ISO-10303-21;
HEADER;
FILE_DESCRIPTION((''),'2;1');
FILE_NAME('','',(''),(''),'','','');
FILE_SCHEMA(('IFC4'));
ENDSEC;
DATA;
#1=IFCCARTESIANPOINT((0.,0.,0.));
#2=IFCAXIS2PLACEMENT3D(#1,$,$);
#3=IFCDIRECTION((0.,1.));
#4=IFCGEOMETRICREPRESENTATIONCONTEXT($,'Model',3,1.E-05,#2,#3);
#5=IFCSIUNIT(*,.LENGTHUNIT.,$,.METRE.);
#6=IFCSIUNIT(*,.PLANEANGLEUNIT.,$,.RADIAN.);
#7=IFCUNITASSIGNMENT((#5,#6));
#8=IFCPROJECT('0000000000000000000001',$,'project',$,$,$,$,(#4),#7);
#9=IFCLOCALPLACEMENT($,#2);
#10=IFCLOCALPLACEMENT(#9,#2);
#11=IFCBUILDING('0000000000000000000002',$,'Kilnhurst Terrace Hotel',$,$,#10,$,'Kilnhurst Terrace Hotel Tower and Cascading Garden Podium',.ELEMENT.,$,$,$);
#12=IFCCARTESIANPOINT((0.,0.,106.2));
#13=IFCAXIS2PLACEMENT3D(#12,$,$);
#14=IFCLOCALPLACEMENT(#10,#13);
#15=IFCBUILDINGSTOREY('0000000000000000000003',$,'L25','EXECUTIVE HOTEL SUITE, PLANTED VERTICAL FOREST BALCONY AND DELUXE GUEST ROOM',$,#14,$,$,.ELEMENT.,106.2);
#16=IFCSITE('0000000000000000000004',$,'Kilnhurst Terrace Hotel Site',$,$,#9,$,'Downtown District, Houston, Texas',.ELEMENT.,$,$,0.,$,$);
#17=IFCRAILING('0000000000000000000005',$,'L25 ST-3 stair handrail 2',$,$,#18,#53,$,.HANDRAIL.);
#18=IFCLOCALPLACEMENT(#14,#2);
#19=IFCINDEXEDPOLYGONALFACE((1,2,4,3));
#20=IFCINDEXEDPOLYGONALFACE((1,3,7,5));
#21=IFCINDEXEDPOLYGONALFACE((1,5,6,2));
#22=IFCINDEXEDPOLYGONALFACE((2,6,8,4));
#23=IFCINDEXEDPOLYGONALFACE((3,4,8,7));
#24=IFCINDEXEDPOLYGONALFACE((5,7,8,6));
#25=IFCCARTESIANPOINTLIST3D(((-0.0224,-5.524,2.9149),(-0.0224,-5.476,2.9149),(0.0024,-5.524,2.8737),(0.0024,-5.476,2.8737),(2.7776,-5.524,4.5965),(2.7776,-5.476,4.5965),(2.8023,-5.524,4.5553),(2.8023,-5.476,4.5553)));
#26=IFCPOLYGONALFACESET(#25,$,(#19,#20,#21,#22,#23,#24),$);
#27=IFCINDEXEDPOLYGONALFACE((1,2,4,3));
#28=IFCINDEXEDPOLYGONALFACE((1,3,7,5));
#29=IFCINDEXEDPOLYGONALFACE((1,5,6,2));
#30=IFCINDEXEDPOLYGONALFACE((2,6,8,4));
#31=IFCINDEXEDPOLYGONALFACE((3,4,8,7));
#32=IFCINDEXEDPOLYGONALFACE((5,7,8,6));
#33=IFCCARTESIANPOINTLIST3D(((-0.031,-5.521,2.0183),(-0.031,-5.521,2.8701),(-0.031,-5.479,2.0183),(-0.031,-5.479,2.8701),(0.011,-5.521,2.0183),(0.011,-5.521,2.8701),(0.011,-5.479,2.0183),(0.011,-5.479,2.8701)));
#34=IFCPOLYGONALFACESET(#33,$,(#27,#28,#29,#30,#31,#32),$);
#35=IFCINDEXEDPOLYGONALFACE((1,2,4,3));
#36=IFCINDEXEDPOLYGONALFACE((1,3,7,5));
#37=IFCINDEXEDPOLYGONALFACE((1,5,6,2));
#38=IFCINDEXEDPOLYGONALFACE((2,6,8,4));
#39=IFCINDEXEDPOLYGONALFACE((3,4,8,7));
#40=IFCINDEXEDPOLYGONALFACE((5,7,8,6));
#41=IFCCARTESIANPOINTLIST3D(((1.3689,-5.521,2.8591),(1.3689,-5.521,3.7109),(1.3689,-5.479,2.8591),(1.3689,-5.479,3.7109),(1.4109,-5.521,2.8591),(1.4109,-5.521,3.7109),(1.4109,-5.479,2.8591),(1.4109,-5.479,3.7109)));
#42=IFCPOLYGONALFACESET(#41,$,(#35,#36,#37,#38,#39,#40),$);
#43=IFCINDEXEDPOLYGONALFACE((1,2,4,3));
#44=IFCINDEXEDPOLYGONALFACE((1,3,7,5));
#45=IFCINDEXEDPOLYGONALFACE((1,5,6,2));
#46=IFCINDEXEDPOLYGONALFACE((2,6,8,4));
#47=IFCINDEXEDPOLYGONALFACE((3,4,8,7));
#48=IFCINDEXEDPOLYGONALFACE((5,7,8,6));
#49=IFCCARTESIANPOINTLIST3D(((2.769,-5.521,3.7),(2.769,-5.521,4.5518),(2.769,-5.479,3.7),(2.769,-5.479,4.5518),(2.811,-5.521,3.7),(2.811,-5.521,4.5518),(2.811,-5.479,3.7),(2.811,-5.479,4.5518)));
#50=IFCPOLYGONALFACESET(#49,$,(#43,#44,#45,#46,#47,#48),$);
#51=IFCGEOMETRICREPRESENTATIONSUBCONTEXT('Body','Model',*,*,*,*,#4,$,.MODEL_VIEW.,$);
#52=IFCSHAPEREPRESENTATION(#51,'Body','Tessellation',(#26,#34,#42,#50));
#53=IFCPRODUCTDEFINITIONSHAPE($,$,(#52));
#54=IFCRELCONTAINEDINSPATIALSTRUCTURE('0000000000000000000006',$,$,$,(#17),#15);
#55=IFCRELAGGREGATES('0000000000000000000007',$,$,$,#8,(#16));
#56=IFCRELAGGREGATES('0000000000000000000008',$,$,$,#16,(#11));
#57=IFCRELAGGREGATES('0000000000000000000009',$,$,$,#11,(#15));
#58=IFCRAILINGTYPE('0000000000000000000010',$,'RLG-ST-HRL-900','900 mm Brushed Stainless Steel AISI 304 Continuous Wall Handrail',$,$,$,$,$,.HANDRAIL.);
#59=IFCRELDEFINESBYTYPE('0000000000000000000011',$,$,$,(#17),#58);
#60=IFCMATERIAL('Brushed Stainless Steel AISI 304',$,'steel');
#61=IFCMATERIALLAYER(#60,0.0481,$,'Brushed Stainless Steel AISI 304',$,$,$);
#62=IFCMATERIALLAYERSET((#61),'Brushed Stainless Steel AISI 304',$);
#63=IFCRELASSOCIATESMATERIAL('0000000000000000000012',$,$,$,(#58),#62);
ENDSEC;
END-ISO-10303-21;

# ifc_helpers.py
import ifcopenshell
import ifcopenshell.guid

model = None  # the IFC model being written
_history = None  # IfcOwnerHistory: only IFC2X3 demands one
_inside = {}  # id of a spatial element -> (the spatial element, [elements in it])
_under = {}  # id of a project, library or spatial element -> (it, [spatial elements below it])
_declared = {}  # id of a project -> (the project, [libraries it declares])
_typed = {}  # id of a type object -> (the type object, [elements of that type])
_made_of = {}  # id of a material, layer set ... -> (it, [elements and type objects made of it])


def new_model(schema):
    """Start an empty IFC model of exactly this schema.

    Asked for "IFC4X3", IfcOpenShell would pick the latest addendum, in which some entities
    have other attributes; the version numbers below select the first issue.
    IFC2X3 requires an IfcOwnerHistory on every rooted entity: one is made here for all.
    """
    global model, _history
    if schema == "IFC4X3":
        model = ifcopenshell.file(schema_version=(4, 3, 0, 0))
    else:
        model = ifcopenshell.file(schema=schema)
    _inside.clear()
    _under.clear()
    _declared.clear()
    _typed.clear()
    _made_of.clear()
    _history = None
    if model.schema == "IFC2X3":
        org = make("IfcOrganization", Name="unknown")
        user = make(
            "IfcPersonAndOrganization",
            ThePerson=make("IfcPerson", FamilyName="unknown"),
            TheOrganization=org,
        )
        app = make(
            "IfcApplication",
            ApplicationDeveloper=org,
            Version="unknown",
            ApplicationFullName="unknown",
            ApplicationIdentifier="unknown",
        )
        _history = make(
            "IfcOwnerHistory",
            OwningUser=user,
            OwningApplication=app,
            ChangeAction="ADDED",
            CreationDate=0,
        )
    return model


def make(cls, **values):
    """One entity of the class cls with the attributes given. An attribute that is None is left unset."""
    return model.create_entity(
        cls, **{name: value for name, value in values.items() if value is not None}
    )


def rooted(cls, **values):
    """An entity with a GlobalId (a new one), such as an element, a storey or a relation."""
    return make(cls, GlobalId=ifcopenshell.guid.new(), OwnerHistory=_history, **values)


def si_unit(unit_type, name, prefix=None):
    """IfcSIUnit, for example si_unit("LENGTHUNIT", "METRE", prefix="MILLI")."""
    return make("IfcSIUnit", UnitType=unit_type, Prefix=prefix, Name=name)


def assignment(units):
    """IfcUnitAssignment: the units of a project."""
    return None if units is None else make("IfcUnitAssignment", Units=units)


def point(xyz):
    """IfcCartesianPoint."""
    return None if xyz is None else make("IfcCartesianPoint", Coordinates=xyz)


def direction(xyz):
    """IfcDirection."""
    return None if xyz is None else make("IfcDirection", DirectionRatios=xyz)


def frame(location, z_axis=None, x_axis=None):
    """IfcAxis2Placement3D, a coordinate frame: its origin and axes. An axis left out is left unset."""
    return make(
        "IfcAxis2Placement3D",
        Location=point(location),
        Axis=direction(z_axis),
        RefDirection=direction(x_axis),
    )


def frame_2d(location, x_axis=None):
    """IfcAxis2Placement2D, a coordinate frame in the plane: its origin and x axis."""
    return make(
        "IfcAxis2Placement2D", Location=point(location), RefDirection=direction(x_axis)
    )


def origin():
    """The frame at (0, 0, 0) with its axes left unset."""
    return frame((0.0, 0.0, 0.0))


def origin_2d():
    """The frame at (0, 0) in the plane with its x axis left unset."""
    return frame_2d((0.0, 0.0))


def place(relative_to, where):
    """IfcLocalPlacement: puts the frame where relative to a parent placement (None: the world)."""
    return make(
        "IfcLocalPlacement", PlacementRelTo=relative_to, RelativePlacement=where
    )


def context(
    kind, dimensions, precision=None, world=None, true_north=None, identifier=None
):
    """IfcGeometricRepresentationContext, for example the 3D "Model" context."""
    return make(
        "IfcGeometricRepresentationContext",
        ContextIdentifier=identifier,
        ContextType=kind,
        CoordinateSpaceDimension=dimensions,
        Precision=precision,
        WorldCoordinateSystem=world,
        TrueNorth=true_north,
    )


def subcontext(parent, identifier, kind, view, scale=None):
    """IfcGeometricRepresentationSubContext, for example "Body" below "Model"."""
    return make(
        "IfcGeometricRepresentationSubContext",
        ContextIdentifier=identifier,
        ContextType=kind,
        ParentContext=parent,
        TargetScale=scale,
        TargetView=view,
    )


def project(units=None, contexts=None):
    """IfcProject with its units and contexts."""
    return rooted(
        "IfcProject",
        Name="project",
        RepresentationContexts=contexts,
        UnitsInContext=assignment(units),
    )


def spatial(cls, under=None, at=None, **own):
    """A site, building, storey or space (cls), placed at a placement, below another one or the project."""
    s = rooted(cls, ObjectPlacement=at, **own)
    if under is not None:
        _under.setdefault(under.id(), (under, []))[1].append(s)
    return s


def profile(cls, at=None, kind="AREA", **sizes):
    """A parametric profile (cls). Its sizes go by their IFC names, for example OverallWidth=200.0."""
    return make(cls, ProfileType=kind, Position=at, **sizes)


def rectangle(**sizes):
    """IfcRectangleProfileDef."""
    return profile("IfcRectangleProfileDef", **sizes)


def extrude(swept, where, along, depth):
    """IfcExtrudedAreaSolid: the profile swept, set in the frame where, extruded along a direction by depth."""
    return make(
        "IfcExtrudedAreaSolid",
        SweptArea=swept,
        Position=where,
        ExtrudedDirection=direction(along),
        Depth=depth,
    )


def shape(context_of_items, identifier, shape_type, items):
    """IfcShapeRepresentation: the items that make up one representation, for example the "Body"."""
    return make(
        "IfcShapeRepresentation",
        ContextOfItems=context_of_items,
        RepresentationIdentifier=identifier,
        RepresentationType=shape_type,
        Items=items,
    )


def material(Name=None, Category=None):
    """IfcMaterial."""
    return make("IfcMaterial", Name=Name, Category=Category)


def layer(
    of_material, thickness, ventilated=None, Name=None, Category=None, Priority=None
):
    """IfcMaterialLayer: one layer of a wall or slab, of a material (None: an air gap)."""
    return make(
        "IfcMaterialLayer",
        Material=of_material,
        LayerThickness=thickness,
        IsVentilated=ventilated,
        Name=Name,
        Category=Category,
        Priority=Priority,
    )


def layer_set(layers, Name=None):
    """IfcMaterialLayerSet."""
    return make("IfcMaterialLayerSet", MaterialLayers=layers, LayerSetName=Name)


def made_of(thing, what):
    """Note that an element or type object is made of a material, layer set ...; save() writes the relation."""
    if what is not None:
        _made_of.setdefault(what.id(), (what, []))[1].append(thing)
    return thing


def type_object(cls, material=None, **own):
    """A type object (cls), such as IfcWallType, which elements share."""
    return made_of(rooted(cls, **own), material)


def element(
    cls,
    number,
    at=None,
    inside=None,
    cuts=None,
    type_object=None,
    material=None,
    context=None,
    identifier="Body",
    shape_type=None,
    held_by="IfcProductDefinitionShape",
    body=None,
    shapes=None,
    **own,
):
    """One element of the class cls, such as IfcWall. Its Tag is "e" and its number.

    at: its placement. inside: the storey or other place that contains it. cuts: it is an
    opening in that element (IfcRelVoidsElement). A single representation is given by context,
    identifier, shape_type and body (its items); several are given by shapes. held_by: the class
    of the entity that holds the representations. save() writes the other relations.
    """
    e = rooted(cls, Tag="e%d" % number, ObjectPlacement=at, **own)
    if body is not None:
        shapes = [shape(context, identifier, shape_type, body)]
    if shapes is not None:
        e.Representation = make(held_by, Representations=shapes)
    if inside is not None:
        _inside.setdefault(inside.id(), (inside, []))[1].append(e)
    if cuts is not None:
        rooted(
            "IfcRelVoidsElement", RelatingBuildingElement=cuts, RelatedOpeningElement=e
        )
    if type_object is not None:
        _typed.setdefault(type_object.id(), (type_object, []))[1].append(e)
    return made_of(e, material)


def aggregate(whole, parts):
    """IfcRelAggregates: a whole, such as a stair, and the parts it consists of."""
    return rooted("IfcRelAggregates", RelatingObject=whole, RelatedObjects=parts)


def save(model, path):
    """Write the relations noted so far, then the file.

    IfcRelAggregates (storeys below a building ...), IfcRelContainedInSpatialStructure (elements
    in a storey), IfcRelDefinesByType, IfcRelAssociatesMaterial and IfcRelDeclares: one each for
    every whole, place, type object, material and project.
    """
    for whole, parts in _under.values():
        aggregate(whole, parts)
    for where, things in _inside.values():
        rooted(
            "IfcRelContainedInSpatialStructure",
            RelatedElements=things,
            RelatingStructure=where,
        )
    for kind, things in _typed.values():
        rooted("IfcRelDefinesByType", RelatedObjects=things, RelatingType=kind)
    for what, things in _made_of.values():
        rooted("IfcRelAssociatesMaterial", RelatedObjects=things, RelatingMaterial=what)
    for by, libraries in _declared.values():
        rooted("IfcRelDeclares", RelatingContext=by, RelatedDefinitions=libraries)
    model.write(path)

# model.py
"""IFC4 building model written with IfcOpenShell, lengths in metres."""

from ifc_helpers import new_model, si_unit, direction, frame, origin, origin_2d, place, context, subcontext, project, spatial, rectangle, extrude, material, layer, layer_set, type_object, element, save


model = new_model("IFC4")

# Units and contexts
model_context = context("Model", 3, precision=1e-05, world=origin(), true_north=direction((0.0, 1.0)))
body_context = subcontext(model_context, "Body", "Model", "MODEL_VIEW")
ifc_project = project(units=[si_unit("LENGTHUNIT", "METRE"), si_unit("PLANEANGLEUNIT", "RADIAN")], contexts=[model_context])

# Site, building, storey
site_placement = place(None, origin())
site = spatial("IfcSite", under=ifc_project, at=site_placement, Name="Kilnhurst Terrace Hotel Site", LongName="Downtown District, Houston, Texas", CompositionType="ELEMENT", RefElevation=0.0)
building_placement = place(site_placement, origin())
building = spatial("IfcBuilding", under=site, at=building_placement, Name="Kilnhurst Terrace Hotel", LongName="Kilnhurst Terrace Hotel Tower and Cascading Garden Podium", CompositionType="ELEMENT")
storey_placement = place(building_placement, frame((0.0, 0.0, 106.2)))
storey = spatial("IfcBuildingStorey", under=building, at=storey_placement, Name="L25", Description="EXECUTIVE HOTEL SUITE, PLANTED VERTICAL FOREST BALCONY AND DELUXE GUEST ROOM", CompositionType="ELEMENT", Elevation=106.2)

# Railing
ifc_material_1 = material(Name="Brushed Stainless Steel AISI 304", Category="steel")
ifc_layer_1 = layer(ifc_material_1, 0.0481, Name="Brushed Stainless Steel AISI 304")
ifc_layer_set_1 = layer_set([ifc_layer_1], Name="Brushed Stainless Steel AISI 304")
railing_type_1 = type_object("IfcRailingType", Name="RLG-ST-HRL-900", Description="900 mm Brushed Stainless Steel AISI 304 Continuous Wall Handrail", PredefinedType="HANDRAIL", material=ifc_layer_set_1)
railing_1_placement = place(storey_placement, frame((-0.01, -5.5, 2.0183)))
element("IfcRailing", 1, at=railing_1_placement, inside=storey, type_object=railing_type_1, Name="L25 ST-3 stair handrail 2", PredefinedType="HANDRAIL", context=body_context, shape_type="SweptSolid", body=[
    extrude(rectangle(XDim=0.0481, YDim=0.0481, at=origin_2d()), frame((0.0, 0.0, 0.876), z_axis=(0.857275, 0.0, 0.514858), x_axis=(0.0, 1.0, 0.0)), (0.0, 0.0, 1.0), 3.2661),
    extrude(rectangle(XDim=0.042, YDim=0.042, at=origin_2d()), origin(), (0.0, 0.0, 1.0), 0.8518),
    extrude(rectangle(XDim=0.042, YDim=0.042, at=origin_2d()), frame((1.3999, 0.0, 0.8408)), (0.0, 0.0, 1.0), 0.8518),
    extrude(rectangle(XDim=0.042, YDim=0.042, at=origin_2d()), frame((2.8, 0.0, 1.6816)), (0.0, 0.0, 1.0), 0.8518),
])

save(model, "model.ifc")
